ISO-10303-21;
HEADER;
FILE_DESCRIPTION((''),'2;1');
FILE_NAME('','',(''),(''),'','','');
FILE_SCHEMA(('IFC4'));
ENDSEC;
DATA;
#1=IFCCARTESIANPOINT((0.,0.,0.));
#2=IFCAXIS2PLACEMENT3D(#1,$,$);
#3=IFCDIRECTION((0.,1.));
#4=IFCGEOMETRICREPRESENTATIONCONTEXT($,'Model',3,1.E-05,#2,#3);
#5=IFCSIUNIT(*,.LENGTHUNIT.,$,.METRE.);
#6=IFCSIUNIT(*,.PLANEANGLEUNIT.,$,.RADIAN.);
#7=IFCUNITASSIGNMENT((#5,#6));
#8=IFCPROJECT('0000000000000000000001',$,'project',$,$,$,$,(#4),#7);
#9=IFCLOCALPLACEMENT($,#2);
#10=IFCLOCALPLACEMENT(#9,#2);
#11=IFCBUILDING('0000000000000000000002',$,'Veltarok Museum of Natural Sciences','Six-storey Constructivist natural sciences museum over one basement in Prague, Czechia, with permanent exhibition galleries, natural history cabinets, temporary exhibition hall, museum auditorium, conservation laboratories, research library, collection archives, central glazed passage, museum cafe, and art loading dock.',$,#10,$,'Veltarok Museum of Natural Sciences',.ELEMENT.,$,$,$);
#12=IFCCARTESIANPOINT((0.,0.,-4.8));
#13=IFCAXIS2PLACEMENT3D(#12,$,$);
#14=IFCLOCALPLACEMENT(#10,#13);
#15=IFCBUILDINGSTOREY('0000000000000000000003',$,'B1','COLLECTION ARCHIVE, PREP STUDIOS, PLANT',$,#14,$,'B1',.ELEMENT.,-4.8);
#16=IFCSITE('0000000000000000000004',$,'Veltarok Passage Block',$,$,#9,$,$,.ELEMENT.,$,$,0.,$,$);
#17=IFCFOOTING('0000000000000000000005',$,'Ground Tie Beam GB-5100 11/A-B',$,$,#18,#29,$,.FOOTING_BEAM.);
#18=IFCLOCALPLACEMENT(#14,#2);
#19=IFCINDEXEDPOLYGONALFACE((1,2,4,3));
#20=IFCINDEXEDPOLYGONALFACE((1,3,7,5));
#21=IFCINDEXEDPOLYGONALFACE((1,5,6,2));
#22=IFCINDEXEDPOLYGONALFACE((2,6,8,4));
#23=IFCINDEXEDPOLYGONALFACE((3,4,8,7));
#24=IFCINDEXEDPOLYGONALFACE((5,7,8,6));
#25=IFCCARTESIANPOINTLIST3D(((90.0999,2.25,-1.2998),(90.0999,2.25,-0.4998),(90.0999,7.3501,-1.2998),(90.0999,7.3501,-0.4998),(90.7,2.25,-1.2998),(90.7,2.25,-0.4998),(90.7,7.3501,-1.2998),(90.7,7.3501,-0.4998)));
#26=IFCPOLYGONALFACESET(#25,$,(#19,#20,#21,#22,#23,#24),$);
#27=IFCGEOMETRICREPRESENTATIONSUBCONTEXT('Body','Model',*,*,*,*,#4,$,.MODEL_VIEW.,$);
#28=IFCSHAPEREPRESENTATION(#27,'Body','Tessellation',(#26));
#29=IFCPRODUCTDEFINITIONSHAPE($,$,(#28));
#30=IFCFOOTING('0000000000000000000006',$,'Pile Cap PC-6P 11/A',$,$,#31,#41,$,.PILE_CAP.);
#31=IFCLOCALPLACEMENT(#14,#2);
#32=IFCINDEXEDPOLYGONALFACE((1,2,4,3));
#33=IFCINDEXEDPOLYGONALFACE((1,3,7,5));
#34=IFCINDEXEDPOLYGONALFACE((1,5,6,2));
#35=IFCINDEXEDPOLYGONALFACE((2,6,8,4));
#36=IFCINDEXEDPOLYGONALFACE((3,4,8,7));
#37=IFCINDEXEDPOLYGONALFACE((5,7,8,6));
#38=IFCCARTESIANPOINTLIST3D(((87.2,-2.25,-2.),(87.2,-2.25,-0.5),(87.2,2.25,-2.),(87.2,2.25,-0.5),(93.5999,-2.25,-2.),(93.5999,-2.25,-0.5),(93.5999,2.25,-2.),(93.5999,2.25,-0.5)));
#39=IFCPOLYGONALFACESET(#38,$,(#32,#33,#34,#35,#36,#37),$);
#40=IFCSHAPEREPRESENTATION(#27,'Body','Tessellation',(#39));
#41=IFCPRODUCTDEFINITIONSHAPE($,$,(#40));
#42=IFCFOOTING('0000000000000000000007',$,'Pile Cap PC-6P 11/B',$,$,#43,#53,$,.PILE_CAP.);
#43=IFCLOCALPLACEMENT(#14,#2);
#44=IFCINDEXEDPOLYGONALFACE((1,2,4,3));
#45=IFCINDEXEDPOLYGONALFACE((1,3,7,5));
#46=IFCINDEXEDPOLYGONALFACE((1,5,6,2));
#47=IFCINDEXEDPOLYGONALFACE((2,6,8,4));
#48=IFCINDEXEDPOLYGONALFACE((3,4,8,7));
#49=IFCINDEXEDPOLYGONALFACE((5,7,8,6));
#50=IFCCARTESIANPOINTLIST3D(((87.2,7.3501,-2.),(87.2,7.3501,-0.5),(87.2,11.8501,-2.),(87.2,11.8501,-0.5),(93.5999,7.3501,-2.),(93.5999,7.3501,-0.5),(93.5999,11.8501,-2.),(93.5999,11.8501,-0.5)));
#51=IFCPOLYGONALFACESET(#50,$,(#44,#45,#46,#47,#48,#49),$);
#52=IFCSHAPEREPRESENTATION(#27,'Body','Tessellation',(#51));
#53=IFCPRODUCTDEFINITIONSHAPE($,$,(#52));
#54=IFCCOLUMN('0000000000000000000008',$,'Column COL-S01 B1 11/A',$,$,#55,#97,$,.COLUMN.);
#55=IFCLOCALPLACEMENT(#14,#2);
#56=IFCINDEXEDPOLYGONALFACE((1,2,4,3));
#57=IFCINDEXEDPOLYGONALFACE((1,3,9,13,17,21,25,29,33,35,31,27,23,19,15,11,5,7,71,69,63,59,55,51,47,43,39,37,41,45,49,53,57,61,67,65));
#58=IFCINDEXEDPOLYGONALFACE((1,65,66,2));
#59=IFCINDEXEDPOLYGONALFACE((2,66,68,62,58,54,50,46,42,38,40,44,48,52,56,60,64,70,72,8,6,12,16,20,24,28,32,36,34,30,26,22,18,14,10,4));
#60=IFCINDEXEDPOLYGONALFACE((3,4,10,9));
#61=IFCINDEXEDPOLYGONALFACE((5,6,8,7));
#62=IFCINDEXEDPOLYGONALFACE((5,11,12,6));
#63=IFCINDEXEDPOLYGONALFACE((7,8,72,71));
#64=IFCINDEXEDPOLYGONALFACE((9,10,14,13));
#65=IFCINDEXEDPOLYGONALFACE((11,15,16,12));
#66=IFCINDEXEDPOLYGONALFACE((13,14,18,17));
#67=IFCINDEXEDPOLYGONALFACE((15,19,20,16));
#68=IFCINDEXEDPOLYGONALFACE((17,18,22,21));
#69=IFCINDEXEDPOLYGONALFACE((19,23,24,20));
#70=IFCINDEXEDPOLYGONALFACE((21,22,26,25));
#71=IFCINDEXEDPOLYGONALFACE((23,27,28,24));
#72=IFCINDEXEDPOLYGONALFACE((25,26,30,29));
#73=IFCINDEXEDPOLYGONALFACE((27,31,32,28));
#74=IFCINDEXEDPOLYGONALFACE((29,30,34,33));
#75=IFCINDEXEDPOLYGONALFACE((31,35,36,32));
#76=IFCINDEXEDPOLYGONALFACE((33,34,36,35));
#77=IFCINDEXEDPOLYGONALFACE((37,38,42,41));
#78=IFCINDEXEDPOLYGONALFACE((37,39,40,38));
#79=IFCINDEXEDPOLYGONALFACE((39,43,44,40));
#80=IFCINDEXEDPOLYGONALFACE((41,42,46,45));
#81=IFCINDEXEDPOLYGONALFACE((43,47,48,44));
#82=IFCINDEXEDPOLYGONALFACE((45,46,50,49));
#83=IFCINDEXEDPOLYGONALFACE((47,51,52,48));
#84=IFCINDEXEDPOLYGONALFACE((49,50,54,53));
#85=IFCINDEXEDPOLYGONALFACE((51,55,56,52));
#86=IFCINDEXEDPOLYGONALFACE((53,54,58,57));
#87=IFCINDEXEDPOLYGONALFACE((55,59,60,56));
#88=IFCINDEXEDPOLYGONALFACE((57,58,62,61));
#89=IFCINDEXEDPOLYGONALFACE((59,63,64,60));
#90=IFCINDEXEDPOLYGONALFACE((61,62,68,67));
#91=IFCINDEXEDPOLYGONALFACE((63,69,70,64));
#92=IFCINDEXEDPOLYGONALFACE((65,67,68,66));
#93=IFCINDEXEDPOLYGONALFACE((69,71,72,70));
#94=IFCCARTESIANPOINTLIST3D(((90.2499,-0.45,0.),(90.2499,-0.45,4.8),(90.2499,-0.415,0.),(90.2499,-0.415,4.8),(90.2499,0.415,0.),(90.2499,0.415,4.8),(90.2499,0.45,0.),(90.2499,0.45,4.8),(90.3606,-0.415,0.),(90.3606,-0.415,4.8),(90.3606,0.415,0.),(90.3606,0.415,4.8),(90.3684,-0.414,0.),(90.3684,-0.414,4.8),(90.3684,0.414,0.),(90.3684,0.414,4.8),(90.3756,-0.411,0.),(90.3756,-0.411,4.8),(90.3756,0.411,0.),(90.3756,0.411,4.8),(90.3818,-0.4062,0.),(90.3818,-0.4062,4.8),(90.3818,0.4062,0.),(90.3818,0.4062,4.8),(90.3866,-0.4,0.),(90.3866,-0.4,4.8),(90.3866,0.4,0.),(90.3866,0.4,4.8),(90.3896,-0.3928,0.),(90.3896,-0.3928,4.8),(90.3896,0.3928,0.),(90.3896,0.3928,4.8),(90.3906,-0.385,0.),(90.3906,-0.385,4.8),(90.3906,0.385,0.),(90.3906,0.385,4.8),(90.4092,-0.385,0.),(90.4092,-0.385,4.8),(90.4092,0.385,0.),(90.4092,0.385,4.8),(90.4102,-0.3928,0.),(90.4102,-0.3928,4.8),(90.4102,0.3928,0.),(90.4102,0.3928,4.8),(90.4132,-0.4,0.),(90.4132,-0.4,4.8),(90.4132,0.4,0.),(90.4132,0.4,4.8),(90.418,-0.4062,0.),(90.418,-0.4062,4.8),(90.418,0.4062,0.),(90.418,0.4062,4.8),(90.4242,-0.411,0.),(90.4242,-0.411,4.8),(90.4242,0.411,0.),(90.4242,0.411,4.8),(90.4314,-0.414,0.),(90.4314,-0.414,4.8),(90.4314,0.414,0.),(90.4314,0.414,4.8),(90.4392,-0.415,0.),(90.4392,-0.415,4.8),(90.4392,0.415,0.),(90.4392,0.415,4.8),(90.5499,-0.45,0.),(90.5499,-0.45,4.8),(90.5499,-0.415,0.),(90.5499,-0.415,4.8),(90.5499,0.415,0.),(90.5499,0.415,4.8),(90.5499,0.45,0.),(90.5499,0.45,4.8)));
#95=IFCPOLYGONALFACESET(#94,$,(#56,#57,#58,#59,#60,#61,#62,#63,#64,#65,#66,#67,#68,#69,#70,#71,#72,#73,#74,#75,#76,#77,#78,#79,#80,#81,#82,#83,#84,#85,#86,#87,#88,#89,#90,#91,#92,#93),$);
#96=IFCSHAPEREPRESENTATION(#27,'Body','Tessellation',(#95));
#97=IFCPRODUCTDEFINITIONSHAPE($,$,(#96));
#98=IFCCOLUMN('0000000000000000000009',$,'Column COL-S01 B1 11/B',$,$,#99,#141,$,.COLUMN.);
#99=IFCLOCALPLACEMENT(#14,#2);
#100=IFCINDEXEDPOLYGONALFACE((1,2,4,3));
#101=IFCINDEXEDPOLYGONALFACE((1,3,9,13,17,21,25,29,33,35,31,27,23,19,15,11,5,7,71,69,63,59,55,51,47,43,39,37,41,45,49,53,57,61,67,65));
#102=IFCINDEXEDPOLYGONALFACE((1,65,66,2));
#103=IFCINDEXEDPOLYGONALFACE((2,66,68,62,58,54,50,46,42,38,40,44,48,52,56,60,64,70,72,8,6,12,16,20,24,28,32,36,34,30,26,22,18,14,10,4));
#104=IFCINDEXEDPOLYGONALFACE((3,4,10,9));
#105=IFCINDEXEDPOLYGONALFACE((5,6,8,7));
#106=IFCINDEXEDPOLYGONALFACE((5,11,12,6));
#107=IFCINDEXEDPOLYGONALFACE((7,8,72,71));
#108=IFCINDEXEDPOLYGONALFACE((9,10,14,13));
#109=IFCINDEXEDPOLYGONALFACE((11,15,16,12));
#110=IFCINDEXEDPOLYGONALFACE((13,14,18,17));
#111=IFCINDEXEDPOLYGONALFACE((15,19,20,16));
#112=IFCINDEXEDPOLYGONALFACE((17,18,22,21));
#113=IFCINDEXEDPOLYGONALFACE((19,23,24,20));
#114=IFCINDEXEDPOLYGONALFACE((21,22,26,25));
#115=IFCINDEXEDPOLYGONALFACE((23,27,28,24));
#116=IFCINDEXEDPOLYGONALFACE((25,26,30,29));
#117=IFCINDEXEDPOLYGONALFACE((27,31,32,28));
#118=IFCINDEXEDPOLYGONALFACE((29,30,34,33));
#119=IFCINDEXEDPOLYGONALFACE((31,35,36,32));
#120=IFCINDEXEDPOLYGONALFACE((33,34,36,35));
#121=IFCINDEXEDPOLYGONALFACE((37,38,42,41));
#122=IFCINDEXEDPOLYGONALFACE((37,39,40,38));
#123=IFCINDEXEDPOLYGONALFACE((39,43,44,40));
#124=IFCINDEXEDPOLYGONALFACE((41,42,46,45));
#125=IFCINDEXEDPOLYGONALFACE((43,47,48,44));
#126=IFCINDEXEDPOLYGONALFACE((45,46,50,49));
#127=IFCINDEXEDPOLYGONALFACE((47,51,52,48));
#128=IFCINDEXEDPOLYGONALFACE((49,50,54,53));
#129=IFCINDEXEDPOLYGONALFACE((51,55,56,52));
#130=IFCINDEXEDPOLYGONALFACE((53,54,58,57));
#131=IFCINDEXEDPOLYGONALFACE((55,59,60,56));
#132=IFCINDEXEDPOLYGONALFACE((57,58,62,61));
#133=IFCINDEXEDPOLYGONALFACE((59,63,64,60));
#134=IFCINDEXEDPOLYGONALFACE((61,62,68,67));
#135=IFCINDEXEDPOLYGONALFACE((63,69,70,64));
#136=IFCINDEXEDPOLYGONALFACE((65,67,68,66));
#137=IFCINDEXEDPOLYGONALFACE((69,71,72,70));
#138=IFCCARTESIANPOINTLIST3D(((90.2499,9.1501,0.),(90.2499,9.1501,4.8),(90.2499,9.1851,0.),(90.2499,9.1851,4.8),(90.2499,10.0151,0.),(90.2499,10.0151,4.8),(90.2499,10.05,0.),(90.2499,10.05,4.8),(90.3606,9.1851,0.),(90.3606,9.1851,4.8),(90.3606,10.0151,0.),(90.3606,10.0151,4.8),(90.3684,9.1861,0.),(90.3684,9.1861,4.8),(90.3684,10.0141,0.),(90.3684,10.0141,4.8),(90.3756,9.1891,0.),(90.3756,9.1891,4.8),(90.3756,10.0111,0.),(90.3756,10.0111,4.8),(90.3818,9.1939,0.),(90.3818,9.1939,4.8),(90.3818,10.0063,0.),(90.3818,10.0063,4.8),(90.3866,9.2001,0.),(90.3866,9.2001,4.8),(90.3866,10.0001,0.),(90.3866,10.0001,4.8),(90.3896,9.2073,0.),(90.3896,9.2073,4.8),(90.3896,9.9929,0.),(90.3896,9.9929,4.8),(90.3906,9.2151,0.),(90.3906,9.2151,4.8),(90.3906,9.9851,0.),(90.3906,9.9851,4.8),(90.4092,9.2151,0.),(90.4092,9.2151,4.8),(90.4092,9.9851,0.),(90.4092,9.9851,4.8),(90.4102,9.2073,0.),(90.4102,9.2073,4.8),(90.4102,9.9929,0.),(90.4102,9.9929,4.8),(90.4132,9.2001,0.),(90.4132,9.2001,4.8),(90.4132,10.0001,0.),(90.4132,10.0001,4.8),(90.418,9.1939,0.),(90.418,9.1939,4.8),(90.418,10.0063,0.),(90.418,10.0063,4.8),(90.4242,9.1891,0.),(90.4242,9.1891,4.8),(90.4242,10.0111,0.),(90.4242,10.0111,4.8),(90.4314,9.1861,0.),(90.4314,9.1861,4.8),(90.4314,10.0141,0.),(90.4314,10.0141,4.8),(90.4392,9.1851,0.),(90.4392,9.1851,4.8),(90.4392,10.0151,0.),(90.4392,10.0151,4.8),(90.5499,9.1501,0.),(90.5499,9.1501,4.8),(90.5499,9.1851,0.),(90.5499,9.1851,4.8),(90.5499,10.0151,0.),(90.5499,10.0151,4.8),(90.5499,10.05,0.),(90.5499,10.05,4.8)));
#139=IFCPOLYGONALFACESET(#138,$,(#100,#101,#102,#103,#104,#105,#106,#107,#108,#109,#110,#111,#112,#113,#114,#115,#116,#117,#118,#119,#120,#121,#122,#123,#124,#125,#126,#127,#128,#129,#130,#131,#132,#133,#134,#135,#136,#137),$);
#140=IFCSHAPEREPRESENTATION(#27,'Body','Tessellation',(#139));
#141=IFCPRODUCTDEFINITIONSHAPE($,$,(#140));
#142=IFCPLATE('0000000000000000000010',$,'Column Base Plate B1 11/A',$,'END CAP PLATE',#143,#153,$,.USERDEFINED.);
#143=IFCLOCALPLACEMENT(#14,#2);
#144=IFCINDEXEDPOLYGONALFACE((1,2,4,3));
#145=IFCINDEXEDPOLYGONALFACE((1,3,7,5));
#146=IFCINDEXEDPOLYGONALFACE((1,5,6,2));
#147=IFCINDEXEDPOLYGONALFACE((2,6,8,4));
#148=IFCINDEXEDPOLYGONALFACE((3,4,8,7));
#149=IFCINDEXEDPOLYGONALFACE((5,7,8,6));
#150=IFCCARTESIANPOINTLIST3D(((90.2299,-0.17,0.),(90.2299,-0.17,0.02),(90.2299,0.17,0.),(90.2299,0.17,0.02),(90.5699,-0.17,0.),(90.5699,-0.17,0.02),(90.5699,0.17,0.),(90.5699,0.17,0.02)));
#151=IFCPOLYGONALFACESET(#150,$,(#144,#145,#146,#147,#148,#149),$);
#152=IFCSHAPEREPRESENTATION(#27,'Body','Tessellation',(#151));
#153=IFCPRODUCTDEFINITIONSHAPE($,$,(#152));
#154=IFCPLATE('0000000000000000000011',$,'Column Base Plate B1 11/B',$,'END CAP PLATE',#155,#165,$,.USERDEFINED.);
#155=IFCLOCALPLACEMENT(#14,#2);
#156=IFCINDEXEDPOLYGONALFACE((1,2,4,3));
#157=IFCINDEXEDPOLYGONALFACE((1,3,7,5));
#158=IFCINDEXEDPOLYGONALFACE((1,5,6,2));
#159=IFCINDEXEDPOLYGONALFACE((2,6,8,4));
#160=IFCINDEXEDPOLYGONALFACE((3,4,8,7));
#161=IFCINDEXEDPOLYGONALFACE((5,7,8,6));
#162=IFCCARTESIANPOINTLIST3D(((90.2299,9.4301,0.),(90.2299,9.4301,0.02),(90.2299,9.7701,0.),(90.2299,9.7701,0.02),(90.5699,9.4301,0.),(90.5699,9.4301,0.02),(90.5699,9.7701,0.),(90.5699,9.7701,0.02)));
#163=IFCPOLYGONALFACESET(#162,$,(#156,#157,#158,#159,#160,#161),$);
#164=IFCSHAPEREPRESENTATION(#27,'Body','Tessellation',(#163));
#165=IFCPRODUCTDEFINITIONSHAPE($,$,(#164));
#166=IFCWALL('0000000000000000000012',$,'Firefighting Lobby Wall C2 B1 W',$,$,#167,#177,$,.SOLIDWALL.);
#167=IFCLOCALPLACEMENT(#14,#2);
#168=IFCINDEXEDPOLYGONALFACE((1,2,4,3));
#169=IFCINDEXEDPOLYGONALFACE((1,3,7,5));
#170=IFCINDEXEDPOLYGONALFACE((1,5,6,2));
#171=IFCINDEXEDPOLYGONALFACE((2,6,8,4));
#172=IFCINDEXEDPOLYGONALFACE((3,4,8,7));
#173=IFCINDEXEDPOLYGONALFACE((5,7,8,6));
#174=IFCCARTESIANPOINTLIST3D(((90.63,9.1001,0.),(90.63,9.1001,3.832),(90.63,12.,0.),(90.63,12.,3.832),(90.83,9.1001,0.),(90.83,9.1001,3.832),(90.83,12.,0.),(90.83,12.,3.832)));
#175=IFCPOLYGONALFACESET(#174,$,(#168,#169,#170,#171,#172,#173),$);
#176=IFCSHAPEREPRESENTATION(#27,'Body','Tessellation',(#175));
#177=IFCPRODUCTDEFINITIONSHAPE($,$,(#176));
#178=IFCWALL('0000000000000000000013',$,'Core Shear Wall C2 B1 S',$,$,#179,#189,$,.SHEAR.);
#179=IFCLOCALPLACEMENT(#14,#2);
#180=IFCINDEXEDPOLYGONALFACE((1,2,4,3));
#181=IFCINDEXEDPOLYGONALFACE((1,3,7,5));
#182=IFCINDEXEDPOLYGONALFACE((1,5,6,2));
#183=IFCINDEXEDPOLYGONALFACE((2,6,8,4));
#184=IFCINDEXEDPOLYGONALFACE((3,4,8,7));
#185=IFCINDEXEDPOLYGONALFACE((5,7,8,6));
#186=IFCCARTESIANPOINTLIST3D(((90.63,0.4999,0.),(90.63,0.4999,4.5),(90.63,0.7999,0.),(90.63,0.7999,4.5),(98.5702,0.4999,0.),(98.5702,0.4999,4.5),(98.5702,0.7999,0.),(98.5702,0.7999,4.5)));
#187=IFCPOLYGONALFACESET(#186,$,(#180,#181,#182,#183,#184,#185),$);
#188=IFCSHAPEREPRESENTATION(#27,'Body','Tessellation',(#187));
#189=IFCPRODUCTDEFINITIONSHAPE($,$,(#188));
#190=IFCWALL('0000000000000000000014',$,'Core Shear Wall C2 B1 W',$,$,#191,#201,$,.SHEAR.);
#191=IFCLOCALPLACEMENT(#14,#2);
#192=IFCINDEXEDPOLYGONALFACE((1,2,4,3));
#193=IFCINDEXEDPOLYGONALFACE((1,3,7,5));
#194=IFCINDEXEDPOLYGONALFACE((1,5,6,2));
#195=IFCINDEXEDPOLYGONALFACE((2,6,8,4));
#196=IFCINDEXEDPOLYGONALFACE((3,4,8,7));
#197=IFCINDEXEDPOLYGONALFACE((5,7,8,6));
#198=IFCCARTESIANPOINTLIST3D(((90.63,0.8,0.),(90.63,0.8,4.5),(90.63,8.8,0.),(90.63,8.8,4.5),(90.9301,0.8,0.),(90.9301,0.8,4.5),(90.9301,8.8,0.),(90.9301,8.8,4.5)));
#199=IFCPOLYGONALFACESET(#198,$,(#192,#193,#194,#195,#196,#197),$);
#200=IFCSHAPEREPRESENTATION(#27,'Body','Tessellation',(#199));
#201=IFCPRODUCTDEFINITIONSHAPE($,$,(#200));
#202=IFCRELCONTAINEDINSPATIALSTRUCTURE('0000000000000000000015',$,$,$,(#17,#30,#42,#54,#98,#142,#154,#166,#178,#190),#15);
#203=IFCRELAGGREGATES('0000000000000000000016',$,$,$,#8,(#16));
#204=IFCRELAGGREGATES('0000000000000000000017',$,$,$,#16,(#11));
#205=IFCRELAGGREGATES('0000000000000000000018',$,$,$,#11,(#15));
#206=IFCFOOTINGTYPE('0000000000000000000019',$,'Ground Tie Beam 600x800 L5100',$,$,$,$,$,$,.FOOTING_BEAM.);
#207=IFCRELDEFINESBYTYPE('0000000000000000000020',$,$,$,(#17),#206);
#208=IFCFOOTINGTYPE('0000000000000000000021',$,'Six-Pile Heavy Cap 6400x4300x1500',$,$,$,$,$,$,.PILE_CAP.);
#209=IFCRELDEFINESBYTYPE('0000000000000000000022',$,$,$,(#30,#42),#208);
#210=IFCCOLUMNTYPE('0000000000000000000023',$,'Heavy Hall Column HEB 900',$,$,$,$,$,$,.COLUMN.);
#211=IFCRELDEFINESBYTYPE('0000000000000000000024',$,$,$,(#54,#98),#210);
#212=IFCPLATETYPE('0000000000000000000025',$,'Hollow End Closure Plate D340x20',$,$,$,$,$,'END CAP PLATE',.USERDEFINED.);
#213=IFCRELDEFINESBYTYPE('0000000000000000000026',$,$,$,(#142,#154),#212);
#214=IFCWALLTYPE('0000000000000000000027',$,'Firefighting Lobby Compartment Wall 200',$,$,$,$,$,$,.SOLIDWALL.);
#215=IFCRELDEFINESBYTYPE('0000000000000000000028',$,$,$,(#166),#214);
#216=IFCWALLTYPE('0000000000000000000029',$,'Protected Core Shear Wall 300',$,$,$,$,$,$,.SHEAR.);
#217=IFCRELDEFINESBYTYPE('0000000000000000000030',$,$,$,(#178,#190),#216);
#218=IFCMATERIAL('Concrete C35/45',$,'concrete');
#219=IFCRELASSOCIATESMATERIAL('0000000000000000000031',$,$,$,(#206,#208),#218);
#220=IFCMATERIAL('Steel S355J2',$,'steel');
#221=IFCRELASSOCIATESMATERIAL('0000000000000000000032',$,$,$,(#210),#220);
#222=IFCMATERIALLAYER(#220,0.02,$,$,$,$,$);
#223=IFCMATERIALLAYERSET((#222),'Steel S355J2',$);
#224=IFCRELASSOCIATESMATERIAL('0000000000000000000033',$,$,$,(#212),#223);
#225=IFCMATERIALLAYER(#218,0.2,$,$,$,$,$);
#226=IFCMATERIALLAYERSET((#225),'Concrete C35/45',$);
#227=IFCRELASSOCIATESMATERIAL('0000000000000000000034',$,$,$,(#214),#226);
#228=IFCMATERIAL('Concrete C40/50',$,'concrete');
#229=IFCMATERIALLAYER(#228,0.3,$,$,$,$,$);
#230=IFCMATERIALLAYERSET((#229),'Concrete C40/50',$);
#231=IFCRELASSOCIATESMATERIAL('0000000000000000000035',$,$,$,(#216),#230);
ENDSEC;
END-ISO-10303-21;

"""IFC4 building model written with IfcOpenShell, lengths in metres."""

from ifc_helpers import new_model, si_unit, direction, frame, frame_2d, origin, origin_2d, place, context, subcontext, project, spatial, rectangle, i_section, extrude, material, layer, layer_set, material_profile, profile_set, type_object, element, save


model = new_model("IFC4")

# Units and contexts
model_context = context("Model", 3, precision=1e-05, world=origin(), true_north=direction((0.0, 1.0)))
body_context = subcontext(model_context, "Body", "Model", "MODEL_VIEW")
ifc_project = project(units=[si_unit("LENGTHUNIT", "METRE"), si_unit("PLANEANGLEUNIT", "RADIAN")], contexts=[model_context])

# Site, building, storey
site_placement = place(None, origin())
site = spatial("IfcSite", under=ifc_project, at=site_placement, Name="Veltarok Passage Block", CompositionType="ELEMENT", RefElevation=0.0)
building_placement = place(site_placement, origin())
building = spatial("IfcBuilding", under=site, at=building_placement, Name="Veltarok Museum of Natural Sciences", Description="Six-storey Constructivist natural sciences museum over one basement in Prague, Czechia, with permanent exhibition galleries, natural history cabinets, temporary exhibition hall, museum auditorium, conservation laboratories, research library, collection archives, central glazed passage, museum cafe, and art loading dock.", LongName="Veltarok Museum of Natural Sciences", CompositionType="ELEMENT")
storey_placement = place(building_placement, frame((0.0, 0.0, -4.8)))
storey = spatial("IfcBuildingStorey", under=building, at=storey_placement, Name="B1", Description="COLLECTION ARCHIVE, PREP STUDIOS, PLANT", LongName="B1", CompositionType="ELEMENT", Elevation=-4.8)

# Shared definitions
ifc_material_1 = material(Name="Concrete C35/45", Category="concrete")

# Footings
footing_type_1 = type_object("IfcFootingType", Name="Ground Tie Beam 600x800 L5100", PredefinedType="FOOTING_BEAM", material=ifc_material_1)
footing_1_placement = place(storey_placement, frame((90.3999, 4.8, -1.2998), z_axis=(0.0, 0.0, 1.0), x_axis=(0.0, 1.0, 0.0)))
element("IfcFooting", 1, at=footing_1_placement, inside=storey, type_object=footing_type_1, Name="Ground Tie Beam GB-5100 11/A-B", PredefinedType="FOOTING_BEAM", context=body_context, shape_type="SweptSolid", body=[
    extrude(rectangle(XDim=5.1001, YDim=0.6001, at=origin_2d()), origin(), (0.0, 0.0, 1.0), 0.8),
])
footing_type_2 = type_object("IfcFootingType", Name="Six-Pile Heavy Cap 6400x4300x1500", PredefinedType="PILE_CAP", material=ifc_material_1)
for number, where, z_axis, x_axis, name in (
    (2, (90.3999, 0.0, -2.0), (0.0, 0.0, 1.0), (1.0, 0.0, 0.0), "Pile Cap PC-6P 11/A"),
    (3, (90.3999, 9.6001, -2.0), (0.0, 0.0, 1.0), (1.0, 0.0, 0.0), "Pile Cap PC-6P 11/B"),
):
    element("IfcFooting", number, at=place(storey_placement, frame(where, z_axis=z_axis, x_axis=x_axis)), inside=storey, type_object=footing_type_2, Name=name, PredefinedType="PILE_CAP", context=body_context, shape_type="SweptSolid", body=[
        extrude(rectangle(XDim=6.3999, YDim=4.5, at=origin_2d()), origin(), (0.0, 0.0, 1.0), 1.5),
    ])

# Columns
ifc_material_2 = material(Name="Steel S355J2", Category="steel")
ifc_material_profile_1 = material_profile(ifc_material_2, i_section(OverallWidth=0.3, OverallDepth=0.8999, WebThickness=0.0186, FlangeThickness=0.0349, FilletRadius=0.03, at=origin_2d()), Name="HEB 900")
ifc_profile_set_1 = profile_set([ifc_material_profile_1], Name="Steel S355J2")
column_type = type_object("IfcColumnType", Name="Heavy Hall Column HEB 900", PredefinedType="COLUMN", material=ifc_profile_set_1)
for number, where, z_axis, x_axis, name in (
    (4, (90.3999, 0.0, 0.0), (0.0, 0.0, 1.0), (1.0, 0.0, 0.0), "Column COL-S01 B1 11/A"),
    (5, (90.3999, 9.6001, 0.0), (0.0, 0.0, 1.0), (1.0, 0.0, 0.0), "Column COL-S01 B1 11/B"),
):
    element("IfcColumn", number, at=place(storey_placement, frame(where, z_axis=z_axis, x_axis=x_axis)), inside=storey, type_object=column_type, Name=name, PredefinedType="COLUMN", context=body_context, shape_type="SweptSolid", body=[
        extrude(i_section(OverallWidth=0.3, OverallDepth=0.8999, WebThickness=0.0186, FlangeThickness=0.0349, FilletRadius=0.03, at=origin_2d()), origin(), (0.0, 0.0, 1.0), 4.8),
    ])

# Plates
ifc_layer_1 = layer(ifc_material_2, 0.02)
ifc_layer_set_1 = layer_set([ifc_layer_1], Name="Steel S355J2")
plate_type = type_object("IfcPlateType", Name="Hollow End Closure Plate D340x20", ElementType="END CAP PLATE", PredefinedType="USERDEFINED", material=ifc_layer_set_1)
for number, where, z_axis, x_axis, name in (
    (6, (90.3999, 0.0, 0.0), (0.0, 0.0, 1.0), (1.0, 0.0, 0.0), "Column Base Plate B1 11/A"),
    (7, (90.3999, 9.6001, 0.0), (0.0, 0.0, 1.0), (1.0, 0.0, 0.0), "Column Base Plate B1 11/B"),
):
    element("IfcPlate", number, at=place(storey_placement, frame(where, z_axis=z_axis, x_axis=x_axis)), inside=storey, type_object=plate_type, Name=name, ObjectType="END CAP PLATE", PredefinedType="USERDEFINED", context=body_context, shape_type="SweptSolid", body=[
        extrude(rectangle(XDim=0.3401, YDim=0.3401, at=origin_2d()), origin(), (0.0, 0.0, 1.0), 0.02),
    ])

# Walls
ifc_layer_2 = layer(ifc_material_1, 0.2)
ifc_layer_set_2 = layer_set([ifc_layer_2], Name="Concrete C35/45")
wall_type_1 = type_object("IfcWallType", Name="Firefighting Lobby Compartment Wall 200", PredefinedType="SOLIDWALL", material=ifc_layer_set_2)
wall_1_placement = place(storey_placement, frame((90.73, 9.1001, 0.0), z_axis=(0.0, 0.0, 1.0), x_axis=(0.0, 1.0, 0.0)))
element("IfcWall", 8, at=wall_1_placement, inside=storey, type_object=wall_type_1, Name="Firefighting Lobby Wall C2 B1 W", PredefinedType="SOLIDWALL", context=body_context, shape_type="SweptSolid", body=[
    extrude(rectangle(XDim=2.8999, YDim=0.2, at=frame_2d((1.45, 0.0))), origin(), (0.0, 0.0, 1.0), 3.832),
])
ifc_material_3 = material(Name="Concrete C40/50", Category="concrete")
ifc_layer_3 = layer(ifc_material_3, 0.3)
ifc_layer_set_3 = layer_set([ifc_layer_3], Name="Concrete C40/50")
wall_type_2 = type_object("IfcWallType", Name="Protected Core Shear Wall 300", PredefinedType="SHEAR", material=ifc_layer_set_3)
wall_2_placement = place(storey_placement, frame((90.6299, 0.6499, 0.0), z_axis=(0.0, 0.0, 1.0), x_axis=(1.0, 0.0, 0.0)))
element("IfcWall", 9, at=wall_2_placement, inside=storey, type_object=wall_type_2, Name="Core Shear Wall C2 B1 S", PredefinedType="SHEAR", context=body_context, shape_type="SweptSolid", body=[
    extrude(rectangle(XDim=7.9402, YDim=0.3, at=frame_2d((3.9702, 0.0))), origin(), (0.0, 0.0, 1.0), 4.5),
])
wall_3_placement = place(storey_placement, frame((90.78, 8.8, 0.0), z_axis=(0.0, 0.0, 1.0), x_axis=(0.0, -1.0, 0.0)))
element("IfcWall", 10, at=wall_3_placement, inside=storey, type_object=wall_type_2, Name="Core Shear Wall C2 B1 W", PredefinedType="SHEAR", context=body_context, shape_type="SweptSolid", body=[
    extrude(rectangle(XDim=8.0, YDim=0.3, at=frame_2d((4.0, 0.0))), origin(), (0.0, 0.0, 1.0), 4.5),
])

save(model, "model.ifc")
